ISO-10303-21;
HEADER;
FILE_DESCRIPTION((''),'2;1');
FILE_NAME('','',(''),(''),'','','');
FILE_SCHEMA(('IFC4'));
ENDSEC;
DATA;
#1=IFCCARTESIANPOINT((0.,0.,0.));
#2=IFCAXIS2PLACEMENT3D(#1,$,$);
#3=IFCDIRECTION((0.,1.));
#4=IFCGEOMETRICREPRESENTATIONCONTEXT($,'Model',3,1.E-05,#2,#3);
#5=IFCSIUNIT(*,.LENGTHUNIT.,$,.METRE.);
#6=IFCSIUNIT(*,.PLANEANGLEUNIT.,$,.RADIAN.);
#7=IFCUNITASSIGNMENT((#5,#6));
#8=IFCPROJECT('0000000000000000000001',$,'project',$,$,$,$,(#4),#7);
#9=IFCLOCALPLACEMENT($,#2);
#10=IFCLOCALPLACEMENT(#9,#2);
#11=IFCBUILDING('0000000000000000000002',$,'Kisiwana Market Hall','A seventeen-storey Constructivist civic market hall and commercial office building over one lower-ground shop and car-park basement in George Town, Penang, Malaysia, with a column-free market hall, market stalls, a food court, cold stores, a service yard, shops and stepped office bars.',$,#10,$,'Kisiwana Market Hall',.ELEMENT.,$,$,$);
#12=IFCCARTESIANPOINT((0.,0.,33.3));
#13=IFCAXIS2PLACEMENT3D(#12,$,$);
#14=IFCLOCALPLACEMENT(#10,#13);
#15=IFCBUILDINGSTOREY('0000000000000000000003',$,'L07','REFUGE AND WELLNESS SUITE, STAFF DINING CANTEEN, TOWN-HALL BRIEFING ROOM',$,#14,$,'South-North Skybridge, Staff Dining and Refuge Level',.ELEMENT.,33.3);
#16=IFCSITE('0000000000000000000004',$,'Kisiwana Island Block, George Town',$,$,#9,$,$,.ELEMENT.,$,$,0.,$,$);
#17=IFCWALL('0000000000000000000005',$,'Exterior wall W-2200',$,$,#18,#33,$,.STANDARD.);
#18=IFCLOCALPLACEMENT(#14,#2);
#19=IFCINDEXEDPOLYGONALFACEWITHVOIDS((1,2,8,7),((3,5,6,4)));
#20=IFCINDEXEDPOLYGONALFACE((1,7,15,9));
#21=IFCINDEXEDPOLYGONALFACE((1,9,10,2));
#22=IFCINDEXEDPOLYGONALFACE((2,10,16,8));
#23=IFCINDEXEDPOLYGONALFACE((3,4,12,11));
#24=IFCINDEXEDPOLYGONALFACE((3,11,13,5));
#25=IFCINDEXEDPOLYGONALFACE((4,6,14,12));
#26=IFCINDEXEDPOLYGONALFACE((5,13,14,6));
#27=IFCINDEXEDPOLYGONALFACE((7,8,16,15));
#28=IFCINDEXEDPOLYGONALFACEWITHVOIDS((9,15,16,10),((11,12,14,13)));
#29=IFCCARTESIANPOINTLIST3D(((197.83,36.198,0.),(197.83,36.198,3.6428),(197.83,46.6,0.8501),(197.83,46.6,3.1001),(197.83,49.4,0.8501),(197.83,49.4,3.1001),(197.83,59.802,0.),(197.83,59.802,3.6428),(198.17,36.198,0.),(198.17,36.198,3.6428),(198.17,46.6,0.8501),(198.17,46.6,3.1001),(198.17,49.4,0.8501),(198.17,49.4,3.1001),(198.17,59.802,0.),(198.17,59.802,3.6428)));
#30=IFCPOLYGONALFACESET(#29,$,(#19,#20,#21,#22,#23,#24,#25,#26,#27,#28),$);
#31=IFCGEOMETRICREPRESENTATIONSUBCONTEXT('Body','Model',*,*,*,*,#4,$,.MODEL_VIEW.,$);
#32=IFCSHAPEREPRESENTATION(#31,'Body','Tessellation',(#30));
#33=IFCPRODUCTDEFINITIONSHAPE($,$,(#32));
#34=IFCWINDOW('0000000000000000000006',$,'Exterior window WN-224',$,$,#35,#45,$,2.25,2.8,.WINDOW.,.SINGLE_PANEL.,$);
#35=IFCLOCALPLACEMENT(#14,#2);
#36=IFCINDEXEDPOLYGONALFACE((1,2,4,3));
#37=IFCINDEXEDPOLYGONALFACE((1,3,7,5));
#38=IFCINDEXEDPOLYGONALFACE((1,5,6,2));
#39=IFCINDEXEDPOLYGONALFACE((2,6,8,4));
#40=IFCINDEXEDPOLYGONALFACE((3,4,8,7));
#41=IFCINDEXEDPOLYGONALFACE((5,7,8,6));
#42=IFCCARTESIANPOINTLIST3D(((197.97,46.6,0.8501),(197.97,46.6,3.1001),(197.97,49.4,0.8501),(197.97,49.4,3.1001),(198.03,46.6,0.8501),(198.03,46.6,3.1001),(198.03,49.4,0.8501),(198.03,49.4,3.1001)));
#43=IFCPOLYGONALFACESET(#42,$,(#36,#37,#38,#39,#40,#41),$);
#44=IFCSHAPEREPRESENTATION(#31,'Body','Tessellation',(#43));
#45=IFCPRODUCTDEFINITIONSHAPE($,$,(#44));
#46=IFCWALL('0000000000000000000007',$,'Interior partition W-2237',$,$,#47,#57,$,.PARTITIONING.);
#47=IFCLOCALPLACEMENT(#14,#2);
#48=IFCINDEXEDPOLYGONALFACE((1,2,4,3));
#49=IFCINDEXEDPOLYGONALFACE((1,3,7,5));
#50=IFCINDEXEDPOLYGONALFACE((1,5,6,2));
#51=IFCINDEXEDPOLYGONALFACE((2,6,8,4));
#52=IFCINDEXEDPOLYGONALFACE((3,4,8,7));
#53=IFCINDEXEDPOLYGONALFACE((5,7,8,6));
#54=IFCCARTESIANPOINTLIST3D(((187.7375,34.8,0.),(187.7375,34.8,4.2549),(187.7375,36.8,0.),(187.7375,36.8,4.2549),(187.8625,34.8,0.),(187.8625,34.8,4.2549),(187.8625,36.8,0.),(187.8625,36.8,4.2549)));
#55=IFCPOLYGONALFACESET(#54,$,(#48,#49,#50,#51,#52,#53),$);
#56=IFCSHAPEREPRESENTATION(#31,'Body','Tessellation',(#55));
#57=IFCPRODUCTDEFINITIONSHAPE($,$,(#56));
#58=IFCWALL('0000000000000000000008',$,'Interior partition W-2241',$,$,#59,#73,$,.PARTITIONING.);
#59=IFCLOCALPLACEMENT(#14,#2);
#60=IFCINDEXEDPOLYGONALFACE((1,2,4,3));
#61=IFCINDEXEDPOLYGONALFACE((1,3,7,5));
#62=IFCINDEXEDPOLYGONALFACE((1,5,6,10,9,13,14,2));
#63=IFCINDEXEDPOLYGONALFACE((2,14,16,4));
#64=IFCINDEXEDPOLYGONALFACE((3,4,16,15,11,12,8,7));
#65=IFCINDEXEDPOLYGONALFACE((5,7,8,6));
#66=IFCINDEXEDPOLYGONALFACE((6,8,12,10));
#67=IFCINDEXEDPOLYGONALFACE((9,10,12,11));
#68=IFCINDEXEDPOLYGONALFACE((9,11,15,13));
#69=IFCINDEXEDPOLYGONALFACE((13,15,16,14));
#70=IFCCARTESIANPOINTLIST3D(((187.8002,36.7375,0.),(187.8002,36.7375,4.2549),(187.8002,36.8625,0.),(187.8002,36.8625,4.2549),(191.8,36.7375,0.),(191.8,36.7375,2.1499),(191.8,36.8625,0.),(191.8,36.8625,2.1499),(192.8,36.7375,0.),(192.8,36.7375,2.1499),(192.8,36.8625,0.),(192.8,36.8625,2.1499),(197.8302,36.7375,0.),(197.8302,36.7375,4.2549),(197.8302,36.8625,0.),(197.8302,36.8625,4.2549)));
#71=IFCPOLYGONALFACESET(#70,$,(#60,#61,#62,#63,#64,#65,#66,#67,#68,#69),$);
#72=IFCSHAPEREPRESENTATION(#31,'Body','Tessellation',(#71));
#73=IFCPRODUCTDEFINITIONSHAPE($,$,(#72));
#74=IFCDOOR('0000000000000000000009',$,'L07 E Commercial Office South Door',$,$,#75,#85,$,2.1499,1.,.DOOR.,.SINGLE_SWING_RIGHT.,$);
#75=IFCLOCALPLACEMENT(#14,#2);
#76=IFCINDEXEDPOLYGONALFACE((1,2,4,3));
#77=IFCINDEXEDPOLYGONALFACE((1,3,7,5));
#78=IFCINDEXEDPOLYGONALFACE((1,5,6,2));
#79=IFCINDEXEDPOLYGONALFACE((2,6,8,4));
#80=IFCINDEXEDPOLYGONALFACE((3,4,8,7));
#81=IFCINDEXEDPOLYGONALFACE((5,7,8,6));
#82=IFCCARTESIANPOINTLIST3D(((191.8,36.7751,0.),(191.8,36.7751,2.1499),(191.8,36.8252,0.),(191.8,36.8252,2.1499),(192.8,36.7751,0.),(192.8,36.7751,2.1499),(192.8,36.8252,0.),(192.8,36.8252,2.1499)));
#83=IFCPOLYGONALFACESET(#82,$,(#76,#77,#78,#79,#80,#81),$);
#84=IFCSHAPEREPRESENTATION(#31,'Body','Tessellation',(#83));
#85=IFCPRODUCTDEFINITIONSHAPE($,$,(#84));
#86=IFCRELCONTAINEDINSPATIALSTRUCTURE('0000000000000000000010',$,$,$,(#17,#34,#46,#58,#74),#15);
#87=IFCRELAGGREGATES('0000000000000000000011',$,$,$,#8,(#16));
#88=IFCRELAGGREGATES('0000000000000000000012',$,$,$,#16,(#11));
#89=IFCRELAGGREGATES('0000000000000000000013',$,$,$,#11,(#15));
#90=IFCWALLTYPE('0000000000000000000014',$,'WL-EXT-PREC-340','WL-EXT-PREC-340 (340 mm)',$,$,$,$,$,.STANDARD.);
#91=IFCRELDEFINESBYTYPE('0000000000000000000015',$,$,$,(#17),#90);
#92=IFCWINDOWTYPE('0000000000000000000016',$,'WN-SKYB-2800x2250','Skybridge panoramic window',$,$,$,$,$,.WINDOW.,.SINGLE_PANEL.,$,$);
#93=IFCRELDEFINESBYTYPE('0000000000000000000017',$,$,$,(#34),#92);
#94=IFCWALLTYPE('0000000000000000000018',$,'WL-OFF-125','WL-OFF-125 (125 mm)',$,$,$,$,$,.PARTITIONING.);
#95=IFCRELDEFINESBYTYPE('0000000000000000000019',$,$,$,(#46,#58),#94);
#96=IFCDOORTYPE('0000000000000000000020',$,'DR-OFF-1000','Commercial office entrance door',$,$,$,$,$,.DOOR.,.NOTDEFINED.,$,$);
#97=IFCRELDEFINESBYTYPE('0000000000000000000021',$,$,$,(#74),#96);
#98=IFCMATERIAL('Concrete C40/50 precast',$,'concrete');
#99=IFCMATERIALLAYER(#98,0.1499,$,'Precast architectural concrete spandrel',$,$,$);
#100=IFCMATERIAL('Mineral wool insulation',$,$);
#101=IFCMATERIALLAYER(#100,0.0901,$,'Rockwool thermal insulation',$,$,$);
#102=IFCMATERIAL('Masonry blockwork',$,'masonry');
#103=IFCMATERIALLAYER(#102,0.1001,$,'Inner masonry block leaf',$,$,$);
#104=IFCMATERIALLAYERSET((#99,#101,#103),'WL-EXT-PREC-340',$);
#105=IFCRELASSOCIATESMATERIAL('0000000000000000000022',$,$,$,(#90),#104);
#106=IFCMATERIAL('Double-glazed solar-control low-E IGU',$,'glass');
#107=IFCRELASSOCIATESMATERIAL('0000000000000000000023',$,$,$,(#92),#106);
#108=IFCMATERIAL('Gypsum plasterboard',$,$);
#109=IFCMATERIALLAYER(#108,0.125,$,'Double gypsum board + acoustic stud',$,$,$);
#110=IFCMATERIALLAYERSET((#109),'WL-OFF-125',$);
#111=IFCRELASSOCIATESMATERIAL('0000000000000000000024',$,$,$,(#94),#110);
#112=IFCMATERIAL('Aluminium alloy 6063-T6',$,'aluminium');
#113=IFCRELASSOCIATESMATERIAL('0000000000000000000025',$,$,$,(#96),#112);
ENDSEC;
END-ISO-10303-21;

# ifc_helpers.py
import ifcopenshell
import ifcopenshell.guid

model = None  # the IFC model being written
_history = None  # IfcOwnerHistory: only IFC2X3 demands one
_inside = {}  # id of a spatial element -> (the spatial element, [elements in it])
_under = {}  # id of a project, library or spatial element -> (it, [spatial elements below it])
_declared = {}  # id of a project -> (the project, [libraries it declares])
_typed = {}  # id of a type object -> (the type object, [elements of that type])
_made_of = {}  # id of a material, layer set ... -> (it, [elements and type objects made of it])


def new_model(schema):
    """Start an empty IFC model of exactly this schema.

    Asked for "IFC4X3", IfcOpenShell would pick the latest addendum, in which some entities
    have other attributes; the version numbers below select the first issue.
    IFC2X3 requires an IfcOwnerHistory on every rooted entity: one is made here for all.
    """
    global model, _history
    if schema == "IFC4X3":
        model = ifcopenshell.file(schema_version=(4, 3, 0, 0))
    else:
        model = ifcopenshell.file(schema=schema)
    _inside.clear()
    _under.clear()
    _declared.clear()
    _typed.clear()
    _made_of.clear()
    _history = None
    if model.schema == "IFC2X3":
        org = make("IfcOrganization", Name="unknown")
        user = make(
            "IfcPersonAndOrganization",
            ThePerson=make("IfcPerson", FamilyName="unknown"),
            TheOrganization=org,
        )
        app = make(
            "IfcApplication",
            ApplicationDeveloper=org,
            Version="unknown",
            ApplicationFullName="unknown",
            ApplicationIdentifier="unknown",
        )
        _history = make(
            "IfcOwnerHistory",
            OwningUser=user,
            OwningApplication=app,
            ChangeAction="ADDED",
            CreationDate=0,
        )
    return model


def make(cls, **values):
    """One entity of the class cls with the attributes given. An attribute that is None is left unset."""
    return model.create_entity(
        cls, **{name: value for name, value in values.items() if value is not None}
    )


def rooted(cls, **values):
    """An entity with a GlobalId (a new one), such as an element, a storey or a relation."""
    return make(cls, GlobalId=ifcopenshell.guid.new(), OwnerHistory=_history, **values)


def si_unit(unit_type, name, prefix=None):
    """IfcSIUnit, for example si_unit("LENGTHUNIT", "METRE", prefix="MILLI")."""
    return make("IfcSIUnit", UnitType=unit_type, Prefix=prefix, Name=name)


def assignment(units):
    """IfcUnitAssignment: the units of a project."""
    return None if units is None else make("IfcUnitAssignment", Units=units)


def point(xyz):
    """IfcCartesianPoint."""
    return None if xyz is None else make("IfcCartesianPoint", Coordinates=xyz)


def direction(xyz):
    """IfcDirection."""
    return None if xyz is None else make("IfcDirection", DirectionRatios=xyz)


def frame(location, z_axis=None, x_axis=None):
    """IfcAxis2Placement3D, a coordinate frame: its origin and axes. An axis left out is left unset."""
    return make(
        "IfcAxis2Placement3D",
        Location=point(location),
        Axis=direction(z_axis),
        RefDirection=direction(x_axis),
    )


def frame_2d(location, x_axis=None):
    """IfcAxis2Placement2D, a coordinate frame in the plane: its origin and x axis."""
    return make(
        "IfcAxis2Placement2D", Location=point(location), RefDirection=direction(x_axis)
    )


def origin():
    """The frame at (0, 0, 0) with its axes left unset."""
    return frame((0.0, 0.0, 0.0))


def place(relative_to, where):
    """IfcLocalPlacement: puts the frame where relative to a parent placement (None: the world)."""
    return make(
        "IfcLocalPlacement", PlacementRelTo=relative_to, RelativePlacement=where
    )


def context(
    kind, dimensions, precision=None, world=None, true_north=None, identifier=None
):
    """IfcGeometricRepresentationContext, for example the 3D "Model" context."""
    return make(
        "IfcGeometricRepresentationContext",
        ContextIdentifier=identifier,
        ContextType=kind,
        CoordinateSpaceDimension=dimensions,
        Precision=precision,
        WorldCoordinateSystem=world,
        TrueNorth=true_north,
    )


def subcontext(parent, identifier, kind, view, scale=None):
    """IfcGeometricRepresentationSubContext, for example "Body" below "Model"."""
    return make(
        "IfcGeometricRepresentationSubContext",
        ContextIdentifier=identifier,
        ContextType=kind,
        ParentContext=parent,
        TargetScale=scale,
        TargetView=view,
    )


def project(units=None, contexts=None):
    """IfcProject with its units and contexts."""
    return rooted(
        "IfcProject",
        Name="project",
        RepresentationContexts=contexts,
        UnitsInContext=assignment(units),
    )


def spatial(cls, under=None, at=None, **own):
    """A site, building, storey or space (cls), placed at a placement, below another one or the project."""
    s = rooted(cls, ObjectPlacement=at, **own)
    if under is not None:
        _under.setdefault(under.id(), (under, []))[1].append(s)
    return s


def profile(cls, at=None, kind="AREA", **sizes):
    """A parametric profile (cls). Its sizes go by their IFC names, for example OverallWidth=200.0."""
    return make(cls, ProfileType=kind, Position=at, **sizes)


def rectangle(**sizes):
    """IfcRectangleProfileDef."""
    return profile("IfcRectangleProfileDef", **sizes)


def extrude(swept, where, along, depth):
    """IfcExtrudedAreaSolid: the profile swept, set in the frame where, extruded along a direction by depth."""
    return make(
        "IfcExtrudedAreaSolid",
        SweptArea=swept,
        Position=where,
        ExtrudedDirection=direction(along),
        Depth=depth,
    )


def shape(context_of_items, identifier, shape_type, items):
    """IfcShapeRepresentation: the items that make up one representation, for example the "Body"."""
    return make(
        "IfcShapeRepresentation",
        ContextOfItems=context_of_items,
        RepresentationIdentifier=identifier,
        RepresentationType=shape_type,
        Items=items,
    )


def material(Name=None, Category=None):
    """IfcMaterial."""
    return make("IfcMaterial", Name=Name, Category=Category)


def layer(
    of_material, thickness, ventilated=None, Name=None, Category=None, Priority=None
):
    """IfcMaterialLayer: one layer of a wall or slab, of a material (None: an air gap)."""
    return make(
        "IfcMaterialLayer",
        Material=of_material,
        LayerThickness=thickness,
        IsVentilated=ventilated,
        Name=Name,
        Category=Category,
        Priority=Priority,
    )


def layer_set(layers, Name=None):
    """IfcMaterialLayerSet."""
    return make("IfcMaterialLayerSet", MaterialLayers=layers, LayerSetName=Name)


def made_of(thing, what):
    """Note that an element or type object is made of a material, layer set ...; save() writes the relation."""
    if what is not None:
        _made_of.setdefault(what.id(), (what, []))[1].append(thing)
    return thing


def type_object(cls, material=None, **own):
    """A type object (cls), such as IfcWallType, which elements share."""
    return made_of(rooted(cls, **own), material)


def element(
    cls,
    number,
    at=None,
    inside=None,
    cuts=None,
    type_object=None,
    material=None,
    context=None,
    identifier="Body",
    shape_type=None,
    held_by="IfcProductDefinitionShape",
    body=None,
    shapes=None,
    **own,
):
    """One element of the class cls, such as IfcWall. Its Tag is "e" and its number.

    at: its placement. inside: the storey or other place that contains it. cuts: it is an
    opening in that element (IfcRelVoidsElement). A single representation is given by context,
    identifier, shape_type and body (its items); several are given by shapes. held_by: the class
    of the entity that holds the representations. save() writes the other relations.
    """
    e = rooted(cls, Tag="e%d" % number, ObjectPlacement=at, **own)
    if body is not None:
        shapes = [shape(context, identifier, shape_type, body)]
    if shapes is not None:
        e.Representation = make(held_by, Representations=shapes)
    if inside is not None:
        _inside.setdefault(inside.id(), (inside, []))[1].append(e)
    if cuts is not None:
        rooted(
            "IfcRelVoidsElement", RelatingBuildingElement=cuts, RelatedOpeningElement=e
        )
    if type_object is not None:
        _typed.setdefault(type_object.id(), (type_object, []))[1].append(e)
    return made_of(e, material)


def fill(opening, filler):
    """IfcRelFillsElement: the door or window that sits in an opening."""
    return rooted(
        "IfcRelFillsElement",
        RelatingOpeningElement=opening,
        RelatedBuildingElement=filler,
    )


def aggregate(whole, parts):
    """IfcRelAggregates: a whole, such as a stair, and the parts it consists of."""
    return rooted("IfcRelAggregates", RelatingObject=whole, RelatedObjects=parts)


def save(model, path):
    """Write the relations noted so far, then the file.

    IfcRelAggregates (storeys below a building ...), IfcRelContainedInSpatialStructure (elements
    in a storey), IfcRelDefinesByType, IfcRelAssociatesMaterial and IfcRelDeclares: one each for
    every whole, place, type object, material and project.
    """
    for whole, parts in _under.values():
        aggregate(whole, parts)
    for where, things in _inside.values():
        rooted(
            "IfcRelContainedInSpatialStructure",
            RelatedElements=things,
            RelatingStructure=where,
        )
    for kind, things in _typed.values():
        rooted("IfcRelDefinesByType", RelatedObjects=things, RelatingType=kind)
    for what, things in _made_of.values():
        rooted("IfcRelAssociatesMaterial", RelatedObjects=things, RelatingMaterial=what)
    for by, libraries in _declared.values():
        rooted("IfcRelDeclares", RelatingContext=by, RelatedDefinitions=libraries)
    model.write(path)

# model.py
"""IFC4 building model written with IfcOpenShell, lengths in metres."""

from ifc_helpers import new_model, si_unit, direction, frame, frame_2d, origin, place, context, subcontext, project, spatial, rectangle, extrude, material, layer, layer_set, type_object, element, fill, save


model = new_model("IFC4")

# Units and contexts
model_context = context("Model", 3, precision=1e-05, world=origin(), true_north=direction((0.0, 1.0)))
body_context = subcontext(model_context, "Body", "Model", "MODEL_VIEW")
ifc_project = project(units=[si_unit("LENGTHUNIT", "METRE"), si_unit("PLANEANGLEUNIT", "RADIAN")], contexts=[model_context])

# Site, building, storey
site_placement = place(None, origin())
site = spatial("IfcSite", under=ifc_project, at=site_placement, Name="Kisiwana Island Block, George Town", CompositionType="ELEMENT", RefElevation=0.0)
building_placement = place(site_placement, origin())
building = spatial("IfcBuilding", under=site, at=building_placement, Name="Kisiwana Market Hall", Description="A seventeen-storey Constructivist civic market hall and commercial office building over one lower-ground shop and car-park basement in George Town, Penang, Malaysia, with a column-free market hall, market stalls, a food court, cold stores, a service yard, shops and stepped office bars.", LongName="Kisiwana Market Hall", CompositionType="ELEMENT")
storey_placement = place(building_placement, frame((0.0, 0.0, 33.3)))
storey = spatial("IfcBuildingStorey", under=building, at=storey_placement, Name="L07", Description="REFUGE AND WELLNESS SUITE, STAFF DINING CANTEEN, TOWN-HALL BRIEFING ROOM", LongName="South-North Skybridge, Staff Dining and Refuge Level", CompositionType="ELEMENT", Elevation=33.3)

# Wall, opening, window
ifc_material_1 = material(Name="Concrete C40/50 precast", Category="concrete")
ifc_layer_1 = layer(ifc_material_1, 0.1499, Name="Precast architectural concrete spandrel")
ifc_material_2 = material(Name="Mineral wool insulation")
ifc_layer_2 = layer(ifc_material_2, 0.0901, Name="Rockwool thermal insulation")
ifc_material_3 = material(Name="Masonry blockwork", Category="masonry")
ifc_layer_3 = layer(ifc_material_3, 0.1001, Name="Inner masonry block leaf")
ifc_layer_set_1 = layer_set([ifc_layer_1, ifc_layer_2, ifc_layer_3], Name="WL-EXT-PREC-340")
wall_type_1 = type_object("IfcWallType", Name="WL-EXT-PREC-340", Description="WL-EXT-PREC-340 (340 mm)", PredefinedType="STANDARD", material=ifc_layer_set_1)
wall_1_placement = place(storey_placement, frame((198.0, 36.198, 0.0), z_axis=(0.0, 0.0, 1.0), x_axis=(0.0, 1.0, 0.0)))
wall_1 = element("IfcWall", 1, at=wall_1_placement, inside=storey, type_object=wall_type_1, Name="Exterior wall W-2200", PredefinedType="STANDARD", context=body_context, shape_type="SweptSolid", body=[
    extrude(rectangle(XDim=23.604, YDim=0.3401, at=frame_2d((11.802, 0.0))), origin(), (0.0, 0.0, 1.0), 3.6428),
])
opening_1_placement = place(wall_1_placement, frame((10.4021, 0.0, 0.8501)))
opening_1 = element("IfcOpeningElement", 2, at=opening_1_placement, cuts=wall_1, PredefinedType="OPENING", context=body_context, shape_type="SweptSolid", body=[
    extrude(rectangle(XDim=2.8, YDim=2.25, at=frame_2d((1.3999, 1.125))), frame((0.0, 0.1821, 0.0), z_axis=(0.0, -1.0, 0.0), x_axis=(1.0, 0.0, 0.0)), (0.0, 0.0, 1.0), 0.364),
])
ifc_material_4 = material(Name="Double-glazed solar-control low-E IGU", Category="glass")
window_type = type_object("IfcWindowType", Name="WN-SKYB-2800x2250", Description="Skybridge panoramic window", PartitioningType="SINGLE_PANEL", PredefinedType="WINDOW", material=ifc_material_4)
window_placement = place(opening_1_placement, origin())
window = element("IfcWindow", 3, at=window_placement, inside=storey, type_object=window_type, Name="Exterior window WN-224", OverallHeight=2.25, OverallWidth=2.8, PartitioningType="SINGLE_PANEL", PredefinedType="WINDOW", context=body_context, shape_type="SweptSolid", body=[
    extrude(rectangle(XDim=2.8, YDim=2.25, at=frame_2d((1.3999, 1.125))), frame((0.0, 0.03, 0.0), z_axis=(0.0, -1.0, 0.0), x_axis=(1.0, 0.0, 0.0)), (0.0, 0.0, 1.0), 0.0601),
])
fill(opening_1, window)

# Wall
ifc_material_5 = material(Name="Gypsum plasterboard")
ifc_layer_4 = layer(ifc_material_5, 0.125, Name="Double gypsum board + acoustic stud")
ifc_layer_set_2 = layer_set([ifc_layer_4], Name="WL-OFF-125")
wall_type_2 = type_object("IfcWallType", Name="WL-OFF-125", Description="WL-OFF-125 (125 mm)", PredefinedType="PARTITIONING", material=ifc_layer_set_2)
wall_2_placement = place(storey_placement, frame((187.8, 34.8, 0.0), z_axis=(0.0, 0.0, 1.0), x_axis=(0.0, 1.0, 0.0)))
element("IfcWall", 4, at=wall_2_placement, inside=storey, type_object=wall_type_2, Name="Interior partition W-2237", PredefinedType="PARTITIONING", context=body_context, shape_type="SweptSolid", body=[
    extrude(rectangle(XDim=2.0, YDim=0.125, at=frame_2d((1.0, 0.0))), origin(), (0.0, 0.0, 1.0), 4.2549),
])

# Wall, opening, door
wall_3_placement = place(storey_placement, frame((187.8, 36.8, 0.0), z_axis=(0.0, 0.0, 1.0), x_axis=(1.0, 0.0, 0.0)))
wall_3 = element("IfcWall", 5, at=wall_3_placement, inside=storey, type_object=wall_type_2, Name="Interior partition W-2241", PredefinedType="PARTITIONING", context=body_context, shape_type="SweptSolid", body=[
    extrude(rectangle(XDim=10.03, YDim=0.125, at=frame_2d((5.0151, 0.0))), origin(), (0.0, 0.0, 1.0), 4.2549),
])
opening_2_placement = place(wall_3_placement, frame((4.0, 0.0, 0.0)))
opening_2 = element("IfcOpeningElement", 6, at=opening_2_placement, cuts=wall_3, PredefinedType="OPENING", context=body_context, shape_type="SweptSolid", body=[
    extrude(rectangle(XDim=1.0, YDim=2.1499, at=frame_2d((0.5, 1.075))), frame((0.0, 0.0745, 0.0), z_axis=(0.0, -1.0, 0.0), x_axis=(1.0, 0.0, 0.0)), (0.0, 0.0, 1.0), 0.1489),
])
ifc_material_6 = material(Name="Aluminium alloy 6063-T6", Category="aluminium")
door_type_1 = type_object("IfcDoorType", Name="DR-OFF-1000", Description="Commercial office entrance door", OperationType="NOTDEFINED", PredefinedType="DOOR", material=ifc_material_6)
door_1_placement = place(opening_2_placement, frame((1.0, 0.0, 0.0), z_axis=(0.0, 0.0, 1.0), x_axis=(-1.0, 0.0, 0.0)))
door_1 = element("IfcDoor", 7, at=door_1_placement, inside=storey, type_object=door_type_1, Name="L07 E Commercial Office South Door", OperationType="SINGLE_SWING_RIGHT", OverallHeight=2.1499, OverallWidth=1.0, PredefinedType="DOOR", context=body_context, shape_type="SweptSolid", body=[
    extrude(rectangle(XDim=1.0, YDim=2.1499, at=frame_2d((0.5, 1.075))), frame((0.0, 0.0249, 0.0), z_axis=(0.0, -1.0, 0.0), x_axis=(1.0, 0.0, 0.0)), (0.0, 0.0, 1.0), 0.05),
])
fill(opening_2, door_1)

save(model, "model.ifc")
